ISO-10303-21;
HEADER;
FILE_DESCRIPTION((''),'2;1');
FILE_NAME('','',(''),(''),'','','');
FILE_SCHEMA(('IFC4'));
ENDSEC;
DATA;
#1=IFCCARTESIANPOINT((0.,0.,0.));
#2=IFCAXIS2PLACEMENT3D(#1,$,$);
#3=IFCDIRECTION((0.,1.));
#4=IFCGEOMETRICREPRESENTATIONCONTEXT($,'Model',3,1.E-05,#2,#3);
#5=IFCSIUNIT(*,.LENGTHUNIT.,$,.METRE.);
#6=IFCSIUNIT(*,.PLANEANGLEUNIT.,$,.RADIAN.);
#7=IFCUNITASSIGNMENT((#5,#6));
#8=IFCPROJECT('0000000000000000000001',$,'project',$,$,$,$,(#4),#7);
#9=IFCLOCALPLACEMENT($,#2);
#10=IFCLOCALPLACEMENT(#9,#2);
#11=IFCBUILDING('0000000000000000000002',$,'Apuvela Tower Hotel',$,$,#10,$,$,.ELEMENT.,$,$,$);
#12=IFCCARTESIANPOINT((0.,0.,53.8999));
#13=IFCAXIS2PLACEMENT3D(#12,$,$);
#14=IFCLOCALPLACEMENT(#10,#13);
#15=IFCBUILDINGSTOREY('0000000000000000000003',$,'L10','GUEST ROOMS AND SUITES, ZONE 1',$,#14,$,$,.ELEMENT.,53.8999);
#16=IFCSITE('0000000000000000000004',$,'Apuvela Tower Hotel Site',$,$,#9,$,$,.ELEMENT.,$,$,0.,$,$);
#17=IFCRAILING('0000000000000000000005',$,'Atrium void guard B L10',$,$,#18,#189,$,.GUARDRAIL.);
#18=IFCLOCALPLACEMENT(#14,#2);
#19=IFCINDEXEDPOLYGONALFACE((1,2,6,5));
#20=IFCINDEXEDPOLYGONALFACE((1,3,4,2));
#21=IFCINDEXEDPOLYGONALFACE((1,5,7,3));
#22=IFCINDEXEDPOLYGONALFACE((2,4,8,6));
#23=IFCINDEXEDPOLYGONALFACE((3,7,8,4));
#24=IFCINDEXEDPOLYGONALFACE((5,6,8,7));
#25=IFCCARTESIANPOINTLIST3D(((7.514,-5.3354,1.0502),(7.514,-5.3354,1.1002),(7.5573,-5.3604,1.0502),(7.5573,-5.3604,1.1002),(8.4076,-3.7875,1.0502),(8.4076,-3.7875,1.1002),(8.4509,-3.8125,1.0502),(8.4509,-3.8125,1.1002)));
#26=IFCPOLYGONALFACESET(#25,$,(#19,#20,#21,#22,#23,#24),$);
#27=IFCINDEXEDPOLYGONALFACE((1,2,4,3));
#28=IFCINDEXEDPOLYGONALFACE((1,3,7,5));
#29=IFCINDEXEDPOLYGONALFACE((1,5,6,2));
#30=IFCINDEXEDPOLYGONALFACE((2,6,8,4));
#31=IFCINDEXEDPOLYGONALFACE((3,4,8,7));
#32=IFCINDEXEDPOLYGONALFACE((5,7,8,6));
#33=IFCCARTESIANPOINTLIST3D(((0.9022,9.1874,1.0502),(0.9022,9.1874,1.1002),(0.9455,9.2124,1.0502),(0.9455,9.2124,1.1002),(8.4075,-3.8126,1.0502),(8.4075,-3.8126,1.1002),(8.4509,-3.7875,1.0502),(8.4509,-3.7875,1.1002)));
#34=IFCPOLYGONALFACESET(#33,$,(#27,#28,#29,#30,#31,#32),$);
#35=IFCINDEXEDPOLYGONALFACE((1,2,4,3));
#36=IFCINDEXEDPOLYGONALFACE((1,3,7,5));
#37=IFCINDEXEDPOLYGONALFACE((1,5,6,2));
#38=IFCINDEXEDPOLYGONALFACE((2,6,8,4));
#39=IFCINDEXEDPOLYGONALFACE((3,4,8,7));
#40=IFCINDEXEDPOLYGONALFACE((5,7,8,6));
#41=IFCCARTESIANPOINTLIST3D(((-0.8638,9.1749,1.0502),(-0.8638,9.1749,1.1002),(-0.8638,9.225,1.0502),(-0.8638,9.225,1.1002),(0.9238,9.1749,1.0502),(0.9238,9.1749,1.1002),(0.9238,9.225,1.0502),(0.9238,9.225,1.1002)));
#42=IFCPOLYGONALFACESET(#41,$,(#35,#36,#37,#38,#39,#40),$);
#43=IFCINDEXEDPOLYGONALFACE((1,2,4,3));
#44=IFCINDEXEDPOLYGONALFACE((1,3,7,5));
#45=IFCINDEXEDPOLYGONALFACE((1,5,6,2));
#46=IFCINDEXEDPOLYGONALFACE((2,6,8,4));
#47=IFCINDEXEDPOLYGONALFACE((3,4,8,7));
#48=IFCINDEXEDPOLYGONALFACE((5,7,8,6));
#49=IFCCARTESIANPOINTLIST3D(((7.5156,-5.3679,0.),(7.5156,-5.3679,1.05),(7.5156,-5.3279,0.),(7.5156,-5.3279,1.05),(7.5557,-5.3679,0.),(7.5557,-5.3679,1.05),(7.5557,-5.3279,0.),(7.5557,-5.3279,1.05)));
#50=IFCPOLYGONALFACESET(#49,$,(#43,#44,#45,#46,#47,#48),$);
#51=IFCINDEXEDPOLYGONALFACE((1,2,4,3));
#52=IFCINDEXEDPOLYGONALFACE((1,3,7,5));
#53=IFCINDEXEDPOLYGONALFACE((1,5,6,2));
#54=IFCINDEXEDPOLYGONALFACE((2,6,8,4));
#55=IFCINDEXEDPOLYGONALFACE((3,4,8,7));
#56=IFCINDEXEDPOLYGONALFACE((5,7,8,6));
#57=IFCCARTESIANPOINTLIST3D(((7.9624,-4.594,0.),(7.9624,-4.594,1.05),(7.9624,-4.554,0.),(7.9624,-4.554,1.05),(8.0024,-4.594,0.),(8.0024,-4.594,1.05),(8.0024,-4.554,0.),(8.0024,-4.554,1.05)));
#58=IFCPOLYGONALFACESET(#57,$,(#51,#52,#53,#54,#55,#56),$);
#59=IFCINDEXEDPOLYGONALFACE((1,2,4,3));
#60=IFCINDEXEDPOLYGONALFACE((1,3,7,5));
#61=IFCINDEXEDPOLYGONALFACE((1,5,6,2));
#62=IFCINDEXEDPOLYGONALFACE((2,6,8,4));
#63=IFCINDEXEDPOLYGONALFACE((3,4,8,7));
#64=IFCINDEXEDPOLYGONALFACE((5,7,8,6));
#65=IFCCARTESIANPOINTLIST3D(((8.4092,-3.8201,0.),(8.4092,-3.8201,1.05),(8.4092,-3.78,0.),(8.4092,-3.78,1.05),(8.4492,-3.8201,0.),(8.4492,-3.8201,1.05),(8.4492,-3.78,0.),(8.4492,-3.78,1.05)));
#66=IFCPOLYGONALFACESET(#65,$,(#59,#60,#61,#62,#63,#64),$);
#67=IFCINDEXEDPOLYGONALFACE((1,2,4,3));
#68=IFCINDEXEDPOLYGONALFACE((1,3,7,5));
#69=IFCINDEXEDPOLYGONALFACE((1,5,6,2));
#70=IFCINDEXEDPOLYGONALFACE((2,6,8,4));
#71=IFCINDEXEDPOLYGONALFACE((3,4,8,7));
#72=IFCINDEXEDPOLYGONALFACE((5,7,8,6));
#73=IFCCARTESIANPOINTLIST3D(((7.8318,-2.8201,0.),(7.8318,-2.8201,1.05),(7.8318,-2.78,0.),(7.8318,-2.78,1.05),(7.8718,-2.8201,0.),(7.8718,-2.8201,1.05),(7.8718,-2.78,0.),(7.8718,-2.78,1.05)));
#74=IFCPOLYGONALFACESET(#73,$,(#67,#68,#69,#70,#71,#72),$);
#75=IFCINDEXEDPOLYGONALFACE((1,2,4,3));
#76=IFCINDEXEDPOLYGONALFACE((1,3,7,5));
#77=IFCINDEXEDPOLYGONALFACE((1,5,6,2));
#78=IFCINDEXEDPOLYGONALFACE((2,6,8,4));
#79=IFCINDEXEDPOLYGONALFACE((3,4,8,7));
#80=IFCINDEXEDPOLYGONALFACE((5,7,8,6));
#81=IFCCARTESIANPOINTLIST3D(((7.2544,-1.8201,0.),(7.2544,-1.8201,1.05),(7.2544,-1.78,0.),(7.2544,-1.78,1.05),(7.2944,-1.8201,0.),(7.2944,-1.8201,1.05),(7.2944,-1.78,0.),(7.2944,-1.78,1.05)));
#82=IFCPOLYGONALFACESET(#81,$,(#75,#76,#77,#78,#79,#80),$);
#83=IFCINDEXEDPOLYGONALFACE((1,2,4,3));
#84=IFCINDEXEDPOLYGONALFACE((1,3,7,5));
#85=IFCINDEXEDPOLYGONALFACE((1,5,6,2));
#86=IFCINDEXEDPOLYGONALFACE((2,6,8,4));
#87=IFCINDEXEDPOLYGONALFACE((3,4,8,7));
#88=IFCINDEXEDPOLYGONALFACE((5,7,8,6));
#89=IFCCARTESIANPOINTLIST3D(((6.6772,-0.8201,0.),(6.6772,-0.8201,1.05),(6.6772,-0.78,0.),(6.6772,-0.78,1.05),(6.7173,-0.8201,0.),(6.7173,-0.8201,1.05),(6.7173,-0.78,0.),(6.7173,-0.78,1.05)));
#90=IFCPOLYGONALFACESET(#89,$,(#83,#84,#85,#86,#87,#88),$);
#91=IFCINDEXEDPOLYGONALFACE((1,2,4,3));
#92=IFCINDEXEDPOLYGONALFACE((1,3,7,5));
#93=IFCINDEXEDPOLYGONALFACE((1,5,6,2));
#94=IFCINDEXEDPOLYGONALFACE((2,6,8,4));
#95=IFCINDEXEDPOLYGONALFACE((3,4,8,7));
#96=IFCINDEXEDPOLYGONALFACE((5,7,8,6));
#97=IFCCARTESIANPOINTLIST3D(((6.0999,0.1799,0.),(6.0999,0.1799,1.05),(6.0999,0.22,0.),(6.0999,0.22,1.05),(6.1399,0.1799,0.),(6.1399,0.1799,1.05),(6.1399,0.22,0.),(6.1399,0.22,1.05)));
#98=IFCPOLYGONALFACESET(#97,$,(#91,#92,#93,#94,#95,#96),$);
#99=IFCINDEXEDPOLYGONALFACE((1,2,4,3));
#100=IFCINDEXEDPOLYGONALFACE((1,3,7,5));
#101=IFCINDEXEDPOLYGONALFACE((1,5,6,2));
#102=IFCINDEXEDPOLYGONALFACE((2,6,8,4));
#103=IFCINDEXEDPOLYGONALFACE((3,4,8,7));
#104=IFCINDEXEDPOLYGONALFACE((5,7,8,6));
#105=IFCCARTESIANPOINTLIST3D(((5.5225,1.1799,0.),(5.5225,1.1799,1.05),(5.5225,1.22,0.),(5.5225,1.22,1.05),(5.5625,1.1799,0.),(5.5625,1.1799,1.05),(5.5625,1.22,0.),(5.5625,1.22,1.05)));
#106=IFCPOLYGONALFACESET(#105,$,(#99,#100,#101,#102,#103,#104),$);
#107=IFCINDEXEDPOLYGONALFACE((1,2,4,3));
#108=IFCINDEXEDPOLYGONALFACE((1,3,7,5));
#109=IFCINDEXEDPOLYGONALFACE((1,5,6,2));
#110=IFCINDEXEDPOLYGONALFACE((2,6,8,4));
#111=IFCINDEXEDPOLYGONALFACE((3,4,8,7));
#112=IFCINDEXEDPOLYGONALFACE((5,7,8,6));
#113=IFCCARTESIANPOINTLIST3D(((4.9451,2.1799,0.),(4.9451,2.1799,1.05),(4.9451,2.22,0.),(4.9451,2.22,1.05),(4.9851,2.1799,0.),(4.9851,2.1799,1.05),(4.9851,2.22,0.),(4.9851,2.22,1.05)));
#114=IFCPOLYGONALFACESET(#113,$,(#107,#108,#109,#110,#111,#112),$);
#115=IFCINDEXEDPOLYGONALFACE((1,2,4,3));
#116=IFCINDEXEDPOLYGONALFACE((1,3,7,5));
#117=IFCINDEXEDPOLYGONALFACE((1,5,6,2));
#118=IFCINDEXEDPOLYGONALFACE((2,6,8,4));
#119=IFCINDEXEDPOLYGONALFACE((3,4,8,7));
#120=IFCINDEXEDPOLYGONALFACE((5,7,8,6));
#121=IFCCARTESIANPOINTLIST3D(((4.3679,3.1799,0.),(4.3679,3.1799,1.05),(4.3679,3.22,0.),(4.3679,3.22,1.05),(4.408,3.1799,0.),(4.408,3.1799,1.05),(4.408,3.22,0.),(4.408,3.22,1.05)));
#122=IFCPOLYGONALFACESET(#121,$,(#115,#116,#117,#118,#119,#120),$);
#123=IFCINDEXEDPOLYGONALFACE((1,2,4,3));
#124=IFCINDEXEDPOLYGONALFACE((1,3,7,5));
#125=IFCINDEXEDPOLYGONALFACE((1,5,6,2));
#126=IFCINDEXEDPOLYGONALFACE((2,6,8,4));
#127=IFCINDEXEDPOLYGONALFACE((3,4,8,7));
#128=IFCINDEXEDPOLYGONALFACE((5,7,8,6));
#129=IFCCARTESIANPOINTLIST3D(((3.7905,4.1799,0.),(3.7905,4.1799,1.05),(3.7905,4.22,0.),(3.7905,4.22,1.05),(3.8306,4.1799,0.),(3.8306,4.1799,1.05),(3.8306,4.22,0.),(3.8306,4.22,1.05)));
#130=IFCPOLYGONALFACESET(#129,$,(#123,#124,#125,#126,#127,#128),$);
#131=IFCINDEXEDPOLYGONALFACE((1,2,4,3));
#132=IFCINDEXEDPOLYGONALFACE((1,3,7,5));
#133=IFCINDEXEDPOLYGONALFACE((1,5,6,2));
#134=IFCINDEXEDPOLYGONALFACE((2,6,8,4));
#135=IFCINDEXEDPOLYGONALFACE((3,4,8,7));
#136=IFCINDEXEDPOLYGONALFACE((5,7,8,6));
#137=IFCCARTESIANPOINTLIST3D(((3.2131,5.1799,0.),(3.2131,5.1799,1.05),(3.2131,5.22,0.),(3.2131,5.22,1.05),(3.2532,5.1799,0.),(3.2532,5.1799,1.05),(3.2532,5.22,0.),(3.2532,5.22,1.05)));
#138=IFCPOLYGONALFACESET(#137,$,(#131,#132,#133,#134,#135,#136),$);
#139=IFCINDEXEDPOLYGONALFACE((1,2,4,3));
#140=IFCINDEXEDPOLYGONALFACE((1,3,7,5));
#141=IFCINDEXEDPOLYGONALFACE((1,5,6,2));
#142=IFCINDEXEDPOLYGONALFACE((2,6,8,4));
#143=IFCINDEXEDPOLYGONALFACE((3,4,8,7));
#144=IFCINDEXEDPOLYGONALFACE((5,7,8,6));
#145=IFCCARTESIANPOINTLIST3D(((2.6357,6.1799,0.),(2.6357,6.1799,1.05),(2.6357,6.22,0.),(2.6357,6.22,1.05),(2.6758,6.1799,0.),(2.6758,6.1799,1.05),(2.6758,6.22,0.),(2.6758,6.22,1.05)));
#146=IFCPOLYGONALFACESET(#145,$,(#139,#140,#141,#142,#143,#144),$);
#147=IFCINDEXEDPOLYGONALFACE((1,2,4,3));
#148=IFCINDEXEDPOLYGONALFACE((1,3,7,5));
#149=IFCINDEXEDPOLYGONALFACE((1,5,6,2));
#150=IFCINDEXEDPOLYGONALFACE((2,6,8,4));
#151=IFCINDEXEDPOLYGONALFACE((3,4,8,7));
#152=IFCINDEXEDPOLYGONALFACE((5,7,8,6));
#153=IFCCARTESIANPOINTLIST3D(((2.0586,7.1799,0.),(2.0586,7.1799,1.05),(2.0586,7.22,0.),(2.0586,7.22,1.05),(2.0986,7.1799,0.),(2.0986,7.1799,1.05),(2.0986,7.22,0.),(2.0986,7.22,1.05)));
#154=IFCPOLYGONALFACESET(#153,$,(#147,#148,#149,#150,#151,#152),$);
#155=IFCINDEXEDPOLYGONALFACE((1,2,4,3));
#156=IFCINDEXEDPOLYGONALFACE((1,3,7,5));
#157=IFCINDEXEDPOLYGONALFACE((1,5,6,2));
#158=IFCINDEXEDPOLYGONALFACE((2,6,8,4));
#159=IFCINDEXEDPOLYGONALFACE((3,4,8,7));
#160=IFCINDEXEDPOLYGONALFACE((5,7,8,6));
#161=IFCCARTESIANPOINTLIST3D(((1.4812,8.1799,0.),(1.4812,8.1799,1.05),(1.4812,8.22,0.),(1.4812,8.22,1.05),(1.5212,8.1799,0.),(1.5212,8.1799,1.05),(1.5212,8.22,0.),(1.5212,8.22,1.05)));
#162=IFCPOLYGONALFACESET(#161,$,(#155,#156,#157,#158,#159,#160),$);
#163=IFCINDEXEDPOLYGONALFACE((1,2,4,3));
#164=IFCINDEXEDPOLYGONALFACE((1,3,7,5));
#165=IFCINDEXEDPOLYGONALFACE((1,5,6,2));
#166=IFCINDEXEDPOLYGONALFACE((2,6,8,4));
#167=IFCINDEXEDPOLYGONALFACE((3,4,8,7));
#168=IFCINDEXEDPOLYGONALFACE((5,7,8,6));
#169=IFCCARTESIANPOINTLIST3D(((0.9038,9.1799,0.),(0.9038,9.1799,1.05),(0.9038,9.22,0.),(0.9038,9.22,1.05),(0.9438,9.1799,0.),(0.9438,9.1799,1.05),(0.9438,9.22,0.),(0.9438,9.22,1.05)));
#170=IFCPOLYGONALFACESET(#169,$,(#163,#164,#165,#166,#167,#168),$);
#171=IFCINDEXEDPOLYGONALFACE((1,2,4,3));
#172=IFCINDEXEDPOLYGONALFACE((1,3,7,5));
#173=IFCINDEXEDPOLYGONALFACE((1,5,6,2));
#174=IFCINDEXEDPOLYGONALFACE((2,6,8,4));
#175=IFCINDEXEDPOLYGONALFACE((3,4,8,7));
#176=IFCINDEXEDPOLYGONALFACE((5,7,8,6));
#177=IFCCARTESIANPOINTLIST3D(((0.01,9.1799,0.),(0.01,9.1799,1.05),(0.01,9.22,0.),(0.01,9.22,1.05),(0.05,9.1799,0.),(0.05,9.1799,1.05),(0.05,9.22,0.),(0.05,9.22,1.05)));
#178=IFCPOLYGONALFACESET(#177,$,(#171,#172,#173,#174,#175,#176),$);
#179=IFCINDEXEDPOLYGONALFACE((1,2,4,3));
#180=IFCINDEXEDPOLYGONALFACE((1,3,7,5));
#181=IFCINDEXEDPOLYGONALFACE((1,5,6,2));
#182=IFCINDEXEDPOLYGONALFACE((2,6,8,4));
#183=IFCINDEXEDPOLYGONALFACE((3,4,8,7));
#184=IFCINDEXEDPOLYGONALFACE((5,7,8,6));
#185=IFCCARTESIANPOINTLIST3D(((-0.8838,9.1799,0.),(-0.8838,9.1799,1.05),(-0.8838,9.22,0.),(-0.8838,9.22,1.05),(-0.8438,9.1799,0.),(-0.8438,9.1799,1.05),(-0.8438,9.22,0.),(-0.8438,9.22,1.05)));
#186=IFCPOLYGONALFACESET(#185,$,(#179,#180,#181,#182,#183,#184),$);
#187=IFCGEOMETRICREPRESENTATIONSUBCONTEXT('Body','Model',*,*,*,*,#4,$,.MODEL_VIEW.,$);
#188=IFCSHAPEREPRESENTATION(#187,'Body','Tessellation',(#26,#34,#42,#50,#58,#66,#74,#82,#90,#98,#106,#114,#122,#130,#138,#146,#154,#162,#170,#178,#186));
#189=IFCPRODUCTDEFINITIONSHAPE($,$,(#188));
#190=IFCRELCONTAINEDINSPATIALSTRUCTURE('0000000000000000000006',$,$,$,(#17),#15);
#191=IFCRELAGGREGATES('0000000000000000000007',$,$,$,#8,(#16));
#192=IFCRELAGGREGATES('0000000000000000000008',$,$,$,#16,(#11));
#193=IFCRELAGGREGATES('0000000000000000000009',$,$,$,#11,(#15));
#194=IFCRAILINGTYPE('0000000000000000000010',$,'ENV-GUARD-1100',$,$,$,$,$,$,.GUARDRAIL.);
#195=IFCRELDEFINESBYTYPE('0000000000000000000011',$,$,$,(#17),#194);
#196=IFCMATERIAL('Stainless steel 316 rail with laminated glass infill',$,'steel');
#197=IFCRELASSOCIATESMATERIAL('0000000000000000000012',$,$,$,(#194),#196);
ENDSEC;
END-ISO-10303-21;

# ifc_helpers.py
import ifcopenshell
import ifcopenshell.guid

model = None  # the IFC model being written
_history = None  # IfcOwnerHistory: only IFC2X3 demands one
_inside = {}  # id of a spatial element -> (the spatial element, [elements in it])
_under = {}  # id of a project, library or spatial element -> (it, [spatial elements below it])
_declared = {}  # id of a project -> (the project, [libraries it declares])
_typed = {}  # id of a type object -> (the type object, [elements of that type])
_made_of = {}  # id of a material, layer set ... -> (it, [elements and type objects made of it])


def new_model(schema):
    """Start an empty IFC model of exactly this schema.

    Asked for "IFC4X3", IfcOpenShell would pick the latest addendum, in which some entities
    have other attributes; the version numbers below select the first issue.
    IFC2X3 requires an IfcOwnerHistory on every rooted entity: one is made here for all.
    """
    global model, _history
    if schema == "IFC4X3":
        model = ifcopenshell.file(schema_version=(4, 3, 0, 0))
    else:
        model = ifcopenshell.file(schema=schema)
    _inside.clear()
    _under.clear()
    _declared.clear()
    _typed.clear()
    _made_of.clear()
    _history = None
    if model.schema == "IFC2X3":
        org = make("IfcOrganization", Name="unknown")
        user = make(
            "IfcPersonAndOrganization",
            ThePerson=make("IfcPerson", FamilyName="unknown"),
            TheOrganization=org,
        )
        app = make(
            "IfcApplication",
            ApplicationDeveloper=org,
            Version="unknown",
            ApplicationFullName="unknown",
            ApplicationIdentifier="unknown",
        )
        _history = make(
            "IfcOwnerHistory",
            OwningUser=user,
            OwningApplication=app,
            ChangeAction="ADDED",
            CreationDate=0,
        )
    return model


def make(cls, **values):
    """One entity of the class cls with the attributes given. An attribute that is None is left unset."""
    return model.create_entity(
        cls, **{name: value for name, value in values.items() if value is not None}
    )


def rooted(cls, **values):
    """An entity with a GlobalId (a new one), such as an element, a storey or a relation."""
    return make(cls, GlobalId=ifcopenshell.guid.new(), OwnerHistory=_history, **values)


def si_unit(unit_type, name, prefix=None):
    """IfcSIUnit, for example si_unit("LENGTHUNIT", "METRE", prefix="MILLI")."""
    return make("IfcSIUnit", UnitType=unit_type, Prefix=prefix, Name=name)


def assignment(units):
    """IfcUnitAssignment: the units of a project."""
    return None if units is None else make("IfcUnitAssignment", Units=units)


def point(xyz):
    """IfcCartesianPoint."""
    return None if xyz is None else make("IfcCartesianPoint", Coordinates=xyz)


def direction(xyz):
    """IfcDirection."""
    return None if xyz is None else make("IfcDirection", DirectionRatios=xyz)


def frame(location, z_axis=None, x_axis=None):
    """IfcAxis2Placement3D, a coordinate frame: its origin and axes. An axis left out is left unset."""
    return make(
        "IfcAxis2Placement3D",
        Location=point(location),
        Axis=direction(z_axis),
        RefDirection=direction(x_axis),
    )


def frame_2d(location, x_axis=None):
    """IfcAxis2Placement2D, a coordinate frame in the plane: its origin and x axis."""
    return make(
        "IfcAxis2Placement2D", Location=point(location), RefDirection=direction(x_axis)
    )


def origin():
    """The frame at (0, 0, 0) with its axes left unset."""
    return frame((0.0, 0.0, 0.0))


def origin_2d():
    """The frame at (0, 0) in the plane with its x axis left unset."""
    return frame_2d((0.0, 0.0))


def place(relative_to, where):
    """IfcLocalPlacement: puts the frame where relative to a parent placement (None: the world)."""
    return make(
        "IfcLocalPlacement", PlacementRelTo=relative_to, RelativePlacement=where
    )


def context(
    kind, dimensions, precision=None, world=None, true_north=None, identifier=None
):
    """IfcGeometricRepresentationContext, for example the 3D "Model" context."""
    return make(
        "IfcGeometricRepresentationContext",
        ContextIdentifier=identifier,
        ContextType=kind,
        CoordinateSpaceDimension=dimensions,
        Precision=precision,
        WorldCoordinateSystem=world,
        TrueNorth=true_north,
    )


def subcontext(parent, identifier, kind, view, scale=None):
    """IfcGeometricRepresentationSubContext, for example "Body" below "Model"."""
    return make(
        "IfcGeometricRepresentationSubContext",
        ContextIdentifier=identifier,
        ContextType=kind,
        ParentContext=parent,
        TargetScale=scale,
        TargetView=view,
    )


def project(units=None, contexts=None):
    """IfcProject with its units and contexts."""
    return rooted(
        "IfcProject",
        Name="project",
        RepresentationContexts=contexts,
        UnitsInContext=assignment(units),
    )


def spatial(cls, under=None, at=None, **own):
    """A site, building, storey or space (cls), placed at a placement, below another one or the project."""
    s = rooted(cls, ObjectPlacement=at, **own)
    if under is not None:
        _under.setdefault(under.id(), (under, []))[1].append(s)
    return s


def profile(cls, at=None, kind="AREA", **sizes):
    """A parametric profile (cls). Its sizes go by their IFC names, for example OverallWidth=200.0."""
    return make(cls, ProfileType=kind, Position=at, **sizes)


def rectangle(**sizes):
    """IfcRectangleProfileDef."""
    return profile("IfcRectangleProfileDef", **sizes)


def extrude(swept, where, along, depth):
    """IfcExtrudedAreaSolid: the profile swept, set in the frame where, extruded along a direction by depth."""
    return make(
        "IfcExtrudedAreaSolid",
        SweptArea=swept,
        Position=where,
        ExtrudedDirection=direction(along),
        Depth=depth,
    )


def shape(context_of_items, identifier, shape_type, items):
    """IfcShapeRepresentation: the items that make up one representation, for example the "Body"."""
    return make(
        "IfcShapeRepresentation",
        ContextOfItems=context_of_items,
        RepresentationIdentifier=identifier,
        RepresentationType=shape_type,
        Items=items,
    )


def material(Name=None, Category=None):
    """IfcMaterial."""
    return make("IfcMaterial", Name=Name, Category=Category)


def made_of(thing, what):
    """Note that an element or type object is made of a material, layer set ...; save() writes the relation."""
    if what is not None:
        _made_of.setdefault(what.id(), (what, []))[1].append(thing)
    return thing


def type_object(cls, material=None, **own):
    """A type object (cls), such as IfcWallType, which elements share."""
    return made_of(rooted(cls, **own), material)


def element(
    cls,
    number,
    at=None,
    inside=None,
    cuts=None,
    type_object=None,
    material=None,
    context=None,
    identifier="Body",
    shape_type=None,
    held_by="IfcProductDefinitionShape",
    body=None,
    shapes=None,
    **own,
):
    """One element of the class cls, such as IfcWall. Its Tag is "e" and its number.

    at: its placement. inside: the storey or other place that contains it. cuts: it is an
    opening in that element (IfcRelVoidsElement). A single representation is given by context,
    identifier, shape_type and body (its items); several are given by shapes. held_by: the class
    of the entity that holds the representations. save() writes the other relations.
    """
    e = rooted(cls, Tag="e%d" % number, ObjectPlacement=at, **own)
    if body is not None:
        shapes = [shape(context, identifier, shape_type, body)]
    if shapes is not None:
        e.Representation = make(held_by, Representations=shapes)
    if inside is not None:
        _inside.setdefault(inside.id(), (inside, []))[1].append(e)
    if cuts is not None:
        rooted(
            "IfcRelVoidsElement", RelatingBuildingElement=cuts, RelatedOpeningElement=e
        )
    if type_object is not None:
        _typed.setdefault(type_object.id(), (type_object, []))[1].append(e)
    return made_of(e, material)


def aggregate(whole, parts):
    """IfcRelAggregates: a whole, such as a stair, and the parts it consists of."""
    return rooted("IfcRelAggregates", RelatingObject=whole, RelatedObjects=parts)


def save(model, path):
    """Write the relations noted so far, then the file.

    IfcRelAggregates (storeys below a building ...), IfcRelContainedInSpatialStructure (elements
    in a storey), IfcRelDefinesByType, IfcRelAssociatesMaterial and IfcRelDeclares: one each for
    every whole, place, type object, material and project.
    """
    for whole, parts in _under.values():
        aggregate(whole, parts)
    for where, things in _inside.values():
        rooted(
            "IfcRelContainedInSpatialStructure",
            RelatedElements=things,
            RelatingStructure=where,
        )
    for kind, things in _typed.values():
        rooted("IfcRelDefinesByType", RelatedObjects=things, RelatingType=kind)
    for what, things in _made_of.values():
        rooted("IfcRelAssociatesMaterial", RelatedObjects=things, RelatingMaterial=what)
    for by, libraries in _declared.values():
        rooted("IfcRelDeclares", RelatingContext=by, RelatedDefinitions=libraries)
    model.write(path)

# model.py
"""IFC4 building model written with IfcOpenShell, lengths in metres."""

from ifc_helpers import new_model, si_unit, direction, frame, origin, origin_2d, place, context, subcontext, project, spatial, rectangle, extrude, material, type_object, element, save


model = new_model("IFC4")

# Units and contexts
model_context = context("Model", 3, precision=1e-05, world=origin(), true_north=direction((0.0, 1.0)))
body_context = subcontext(model_context, "Body", "Model", "MODEL_VIEW")
ifc_project = project(units=[si_unit("LENGTHUNIT", "METRE"), si_unit("PLANEANGLEUNIT", "RADIAN")], contexts=[model_context])

# Site, building, storey
site_placement = place(None, origin())
site = spatial("IfcSite", under=ifc_project, at=site_placement, Name="Apuvela Tower Hotel Site", CompositionType="ELEMENT", RefElevation=0.0)
building_placement = place(site_placement, origin())
building = spatial("IfcBuilding", under=site, at=building_placement, Name="Apuvela Tower Hotel", CompositionType="ELEMENT")
storey_placement = place(building_placement, frame((0.0, 0.0, 53.8999)))
storey = spatial("IfcBuildingStorey", under=building, at=storey_placement, Name="L10", Description="GUEST ROOMS AND SUITES, ZONE 1", CompositionType="ELEMENT", Elevation=53.8999)

# Railing
ifc_material_1 = material(Name="Stainless steel 316 rail with laminated glass infill", Category="steel")
railing_type_1 = type_object("IfcRailingType", Name="ENV-GUARD-1100", PredefinedType="GUARDRAIL", material=ifc_material_1)
railing_1_placement = place(storey_placement, frame((7.5356, -5.3479, 0.0)))
element("IfcRailing", 1, at=railing_1_placement, inside=storey, type_object=railing_type_1, Name="Atrium void guard B L10", PredefinedType="GUARDRAIL", context=body_context, shape_type="SweptSolid", body=[
    extrude(rectangle(XDim=0.05, YDim=0.05, at=origin_2d()), frame((0.0, 0.0, 1.0752), z_axis=(0.499959, 0.866049, 0.0), x_axis=(-0.866049, 0.499959, 0.0)), (0.0, 0.0, 1.0), 1.7874),
    extrude(rectangle(XDim=0.05, YDim=0.05, at=origin_2d()), frame((0.8936, 1.5479, 1.0752), z_axis=(-0.499991, 0.866031, 0.0), x_axis=(-0.866031, -0.499991, 0.0)), (0.0, 0.0, 1.0), 15.011),
    extrude(rectangle(XDim=0.05, YDim=0.05, at=origin_2d()), frame((-6.6118, 14.5479, 1.0752), z_axis=(-1.0, 0.0, 0.0), x_axis=(0.0, -1.0, 0.0)), (0.0, 0.0, 1.0), 1.7876),
    extrude(rectangle(XDim=0.04, YDim=0.04, at=origin_2d()), origin(), (0.0, 0.0, 1.0), 1.05),
    extrude(rectangle(XDim=0.04, YDim=0.04, at=origin_2d()), frame((0.4468, 0.7739, 0.0)), (0.0, 0.0, 1.0), 1.05),
    extrude(rectangle(XDim=0.04, YDim=0.04, at=origin_2d()), frame((0.8936, 1.5479, 0.0)), (0.0, 0.0, 1.0), 1.05),
    extrude(rectangle(XDim=0.04, YDim=0.04, at=origin_2d()), frame((0.3162, 2.5479, 0.0)), (0.0, 0.0, 1.0), 1.05),
    extrude(rectangle(XDim=0.04, YDim=0.04, at=origin_2d()), frame((-0.2612, 3.5479, 0.0)), (0.0, 0.0, 1.0), 1.05),
    extrude(rectangle(XDim=0.04, YDim=0.04, at=origin_2d()), frame((-0.8384, 4.5479, 0.0)), (0.0, 0.0, 1.0), 1.05),
    extrude(rectangle(XDim=0.04, YDim=0.04, at=origin_2d()), frame((-1.4158, 5.5479, 0.0)), (0.0, 0.0, 1.0), 1.05),
    extrude(rectangle(XDim=0.04, YDim=0.04, at=origin_2d()), frame((-1.9932, 6.5479, 0.0)), (0.0, 0.0, 1.0), 1.05),
    extrude(rectangle(XDim=0.04, YDim=0.04, at=origin_2d()), frame((-2.5706, 7.5479, 0.0)), (0.0, 0.0, 1.0), 1.05),
    extrude(rectangle(XDim=0.04, YDim=0.04, at=origin_2d()), frame((-3.1477, 8.5479, 0.0)), (0.0, 0.0, 1.0), 1.05),
    extrude(rectangle(XDim=0.04, YDim=0.04, at=origin_2d()), frame((-3.7251, 9.5479, 0.0)), (0.0, 0.0, 1.0), 1.05),
    extrude(rectangle(XDim=0.04, YDim=0.04, at=origin_2d()), frame((-4.3025, 10.5479, 0.0)), (0.0, 0.0, 1.0), 1.05),
    extrude(rectangle(XDim=0.04, YDim=0.04, at=origin_2d()), frame((-4.8799, 11.5479, 0.0)), (0.0, 0.0, 1.0), 1.05),
    extrude(rectangle(XDim=0.04, YDim=0.04, at=origin_2d()), frame((-5.457, 12.5479, 0.0)), (0.0, 0.0, 1.0), 1.05),
    extrude(rectangle(XDim=0.04, YDim=0.04, at=origin_2d()), frame((-6.0344, 13.5479, 0.0)), (0.0, 0.0, 1.0), 1.05),
    extrude(rectangle(XDim=0.04, YDim=0.04, at=origin_2d()), frame((-6.6118, 14.5479, 0.0)), (0.0, 0.0, 1.0), 1.05),
    extrude(rectangle(XDim=0.04, YDim=0.04, at=origin_2d()), frame((-7.5056, 14.5479, 0.0)), (0.0, 0.0, 1.0), 1.05),
    extrude(rectangle(XDim=0.04, YDim=0.04, at=origin_2d()), frame((-8.3994, 14.5479, 0.0)), (0.0, 0.0, 1.0), 1.05),
])

save(model, "model.ifc")
